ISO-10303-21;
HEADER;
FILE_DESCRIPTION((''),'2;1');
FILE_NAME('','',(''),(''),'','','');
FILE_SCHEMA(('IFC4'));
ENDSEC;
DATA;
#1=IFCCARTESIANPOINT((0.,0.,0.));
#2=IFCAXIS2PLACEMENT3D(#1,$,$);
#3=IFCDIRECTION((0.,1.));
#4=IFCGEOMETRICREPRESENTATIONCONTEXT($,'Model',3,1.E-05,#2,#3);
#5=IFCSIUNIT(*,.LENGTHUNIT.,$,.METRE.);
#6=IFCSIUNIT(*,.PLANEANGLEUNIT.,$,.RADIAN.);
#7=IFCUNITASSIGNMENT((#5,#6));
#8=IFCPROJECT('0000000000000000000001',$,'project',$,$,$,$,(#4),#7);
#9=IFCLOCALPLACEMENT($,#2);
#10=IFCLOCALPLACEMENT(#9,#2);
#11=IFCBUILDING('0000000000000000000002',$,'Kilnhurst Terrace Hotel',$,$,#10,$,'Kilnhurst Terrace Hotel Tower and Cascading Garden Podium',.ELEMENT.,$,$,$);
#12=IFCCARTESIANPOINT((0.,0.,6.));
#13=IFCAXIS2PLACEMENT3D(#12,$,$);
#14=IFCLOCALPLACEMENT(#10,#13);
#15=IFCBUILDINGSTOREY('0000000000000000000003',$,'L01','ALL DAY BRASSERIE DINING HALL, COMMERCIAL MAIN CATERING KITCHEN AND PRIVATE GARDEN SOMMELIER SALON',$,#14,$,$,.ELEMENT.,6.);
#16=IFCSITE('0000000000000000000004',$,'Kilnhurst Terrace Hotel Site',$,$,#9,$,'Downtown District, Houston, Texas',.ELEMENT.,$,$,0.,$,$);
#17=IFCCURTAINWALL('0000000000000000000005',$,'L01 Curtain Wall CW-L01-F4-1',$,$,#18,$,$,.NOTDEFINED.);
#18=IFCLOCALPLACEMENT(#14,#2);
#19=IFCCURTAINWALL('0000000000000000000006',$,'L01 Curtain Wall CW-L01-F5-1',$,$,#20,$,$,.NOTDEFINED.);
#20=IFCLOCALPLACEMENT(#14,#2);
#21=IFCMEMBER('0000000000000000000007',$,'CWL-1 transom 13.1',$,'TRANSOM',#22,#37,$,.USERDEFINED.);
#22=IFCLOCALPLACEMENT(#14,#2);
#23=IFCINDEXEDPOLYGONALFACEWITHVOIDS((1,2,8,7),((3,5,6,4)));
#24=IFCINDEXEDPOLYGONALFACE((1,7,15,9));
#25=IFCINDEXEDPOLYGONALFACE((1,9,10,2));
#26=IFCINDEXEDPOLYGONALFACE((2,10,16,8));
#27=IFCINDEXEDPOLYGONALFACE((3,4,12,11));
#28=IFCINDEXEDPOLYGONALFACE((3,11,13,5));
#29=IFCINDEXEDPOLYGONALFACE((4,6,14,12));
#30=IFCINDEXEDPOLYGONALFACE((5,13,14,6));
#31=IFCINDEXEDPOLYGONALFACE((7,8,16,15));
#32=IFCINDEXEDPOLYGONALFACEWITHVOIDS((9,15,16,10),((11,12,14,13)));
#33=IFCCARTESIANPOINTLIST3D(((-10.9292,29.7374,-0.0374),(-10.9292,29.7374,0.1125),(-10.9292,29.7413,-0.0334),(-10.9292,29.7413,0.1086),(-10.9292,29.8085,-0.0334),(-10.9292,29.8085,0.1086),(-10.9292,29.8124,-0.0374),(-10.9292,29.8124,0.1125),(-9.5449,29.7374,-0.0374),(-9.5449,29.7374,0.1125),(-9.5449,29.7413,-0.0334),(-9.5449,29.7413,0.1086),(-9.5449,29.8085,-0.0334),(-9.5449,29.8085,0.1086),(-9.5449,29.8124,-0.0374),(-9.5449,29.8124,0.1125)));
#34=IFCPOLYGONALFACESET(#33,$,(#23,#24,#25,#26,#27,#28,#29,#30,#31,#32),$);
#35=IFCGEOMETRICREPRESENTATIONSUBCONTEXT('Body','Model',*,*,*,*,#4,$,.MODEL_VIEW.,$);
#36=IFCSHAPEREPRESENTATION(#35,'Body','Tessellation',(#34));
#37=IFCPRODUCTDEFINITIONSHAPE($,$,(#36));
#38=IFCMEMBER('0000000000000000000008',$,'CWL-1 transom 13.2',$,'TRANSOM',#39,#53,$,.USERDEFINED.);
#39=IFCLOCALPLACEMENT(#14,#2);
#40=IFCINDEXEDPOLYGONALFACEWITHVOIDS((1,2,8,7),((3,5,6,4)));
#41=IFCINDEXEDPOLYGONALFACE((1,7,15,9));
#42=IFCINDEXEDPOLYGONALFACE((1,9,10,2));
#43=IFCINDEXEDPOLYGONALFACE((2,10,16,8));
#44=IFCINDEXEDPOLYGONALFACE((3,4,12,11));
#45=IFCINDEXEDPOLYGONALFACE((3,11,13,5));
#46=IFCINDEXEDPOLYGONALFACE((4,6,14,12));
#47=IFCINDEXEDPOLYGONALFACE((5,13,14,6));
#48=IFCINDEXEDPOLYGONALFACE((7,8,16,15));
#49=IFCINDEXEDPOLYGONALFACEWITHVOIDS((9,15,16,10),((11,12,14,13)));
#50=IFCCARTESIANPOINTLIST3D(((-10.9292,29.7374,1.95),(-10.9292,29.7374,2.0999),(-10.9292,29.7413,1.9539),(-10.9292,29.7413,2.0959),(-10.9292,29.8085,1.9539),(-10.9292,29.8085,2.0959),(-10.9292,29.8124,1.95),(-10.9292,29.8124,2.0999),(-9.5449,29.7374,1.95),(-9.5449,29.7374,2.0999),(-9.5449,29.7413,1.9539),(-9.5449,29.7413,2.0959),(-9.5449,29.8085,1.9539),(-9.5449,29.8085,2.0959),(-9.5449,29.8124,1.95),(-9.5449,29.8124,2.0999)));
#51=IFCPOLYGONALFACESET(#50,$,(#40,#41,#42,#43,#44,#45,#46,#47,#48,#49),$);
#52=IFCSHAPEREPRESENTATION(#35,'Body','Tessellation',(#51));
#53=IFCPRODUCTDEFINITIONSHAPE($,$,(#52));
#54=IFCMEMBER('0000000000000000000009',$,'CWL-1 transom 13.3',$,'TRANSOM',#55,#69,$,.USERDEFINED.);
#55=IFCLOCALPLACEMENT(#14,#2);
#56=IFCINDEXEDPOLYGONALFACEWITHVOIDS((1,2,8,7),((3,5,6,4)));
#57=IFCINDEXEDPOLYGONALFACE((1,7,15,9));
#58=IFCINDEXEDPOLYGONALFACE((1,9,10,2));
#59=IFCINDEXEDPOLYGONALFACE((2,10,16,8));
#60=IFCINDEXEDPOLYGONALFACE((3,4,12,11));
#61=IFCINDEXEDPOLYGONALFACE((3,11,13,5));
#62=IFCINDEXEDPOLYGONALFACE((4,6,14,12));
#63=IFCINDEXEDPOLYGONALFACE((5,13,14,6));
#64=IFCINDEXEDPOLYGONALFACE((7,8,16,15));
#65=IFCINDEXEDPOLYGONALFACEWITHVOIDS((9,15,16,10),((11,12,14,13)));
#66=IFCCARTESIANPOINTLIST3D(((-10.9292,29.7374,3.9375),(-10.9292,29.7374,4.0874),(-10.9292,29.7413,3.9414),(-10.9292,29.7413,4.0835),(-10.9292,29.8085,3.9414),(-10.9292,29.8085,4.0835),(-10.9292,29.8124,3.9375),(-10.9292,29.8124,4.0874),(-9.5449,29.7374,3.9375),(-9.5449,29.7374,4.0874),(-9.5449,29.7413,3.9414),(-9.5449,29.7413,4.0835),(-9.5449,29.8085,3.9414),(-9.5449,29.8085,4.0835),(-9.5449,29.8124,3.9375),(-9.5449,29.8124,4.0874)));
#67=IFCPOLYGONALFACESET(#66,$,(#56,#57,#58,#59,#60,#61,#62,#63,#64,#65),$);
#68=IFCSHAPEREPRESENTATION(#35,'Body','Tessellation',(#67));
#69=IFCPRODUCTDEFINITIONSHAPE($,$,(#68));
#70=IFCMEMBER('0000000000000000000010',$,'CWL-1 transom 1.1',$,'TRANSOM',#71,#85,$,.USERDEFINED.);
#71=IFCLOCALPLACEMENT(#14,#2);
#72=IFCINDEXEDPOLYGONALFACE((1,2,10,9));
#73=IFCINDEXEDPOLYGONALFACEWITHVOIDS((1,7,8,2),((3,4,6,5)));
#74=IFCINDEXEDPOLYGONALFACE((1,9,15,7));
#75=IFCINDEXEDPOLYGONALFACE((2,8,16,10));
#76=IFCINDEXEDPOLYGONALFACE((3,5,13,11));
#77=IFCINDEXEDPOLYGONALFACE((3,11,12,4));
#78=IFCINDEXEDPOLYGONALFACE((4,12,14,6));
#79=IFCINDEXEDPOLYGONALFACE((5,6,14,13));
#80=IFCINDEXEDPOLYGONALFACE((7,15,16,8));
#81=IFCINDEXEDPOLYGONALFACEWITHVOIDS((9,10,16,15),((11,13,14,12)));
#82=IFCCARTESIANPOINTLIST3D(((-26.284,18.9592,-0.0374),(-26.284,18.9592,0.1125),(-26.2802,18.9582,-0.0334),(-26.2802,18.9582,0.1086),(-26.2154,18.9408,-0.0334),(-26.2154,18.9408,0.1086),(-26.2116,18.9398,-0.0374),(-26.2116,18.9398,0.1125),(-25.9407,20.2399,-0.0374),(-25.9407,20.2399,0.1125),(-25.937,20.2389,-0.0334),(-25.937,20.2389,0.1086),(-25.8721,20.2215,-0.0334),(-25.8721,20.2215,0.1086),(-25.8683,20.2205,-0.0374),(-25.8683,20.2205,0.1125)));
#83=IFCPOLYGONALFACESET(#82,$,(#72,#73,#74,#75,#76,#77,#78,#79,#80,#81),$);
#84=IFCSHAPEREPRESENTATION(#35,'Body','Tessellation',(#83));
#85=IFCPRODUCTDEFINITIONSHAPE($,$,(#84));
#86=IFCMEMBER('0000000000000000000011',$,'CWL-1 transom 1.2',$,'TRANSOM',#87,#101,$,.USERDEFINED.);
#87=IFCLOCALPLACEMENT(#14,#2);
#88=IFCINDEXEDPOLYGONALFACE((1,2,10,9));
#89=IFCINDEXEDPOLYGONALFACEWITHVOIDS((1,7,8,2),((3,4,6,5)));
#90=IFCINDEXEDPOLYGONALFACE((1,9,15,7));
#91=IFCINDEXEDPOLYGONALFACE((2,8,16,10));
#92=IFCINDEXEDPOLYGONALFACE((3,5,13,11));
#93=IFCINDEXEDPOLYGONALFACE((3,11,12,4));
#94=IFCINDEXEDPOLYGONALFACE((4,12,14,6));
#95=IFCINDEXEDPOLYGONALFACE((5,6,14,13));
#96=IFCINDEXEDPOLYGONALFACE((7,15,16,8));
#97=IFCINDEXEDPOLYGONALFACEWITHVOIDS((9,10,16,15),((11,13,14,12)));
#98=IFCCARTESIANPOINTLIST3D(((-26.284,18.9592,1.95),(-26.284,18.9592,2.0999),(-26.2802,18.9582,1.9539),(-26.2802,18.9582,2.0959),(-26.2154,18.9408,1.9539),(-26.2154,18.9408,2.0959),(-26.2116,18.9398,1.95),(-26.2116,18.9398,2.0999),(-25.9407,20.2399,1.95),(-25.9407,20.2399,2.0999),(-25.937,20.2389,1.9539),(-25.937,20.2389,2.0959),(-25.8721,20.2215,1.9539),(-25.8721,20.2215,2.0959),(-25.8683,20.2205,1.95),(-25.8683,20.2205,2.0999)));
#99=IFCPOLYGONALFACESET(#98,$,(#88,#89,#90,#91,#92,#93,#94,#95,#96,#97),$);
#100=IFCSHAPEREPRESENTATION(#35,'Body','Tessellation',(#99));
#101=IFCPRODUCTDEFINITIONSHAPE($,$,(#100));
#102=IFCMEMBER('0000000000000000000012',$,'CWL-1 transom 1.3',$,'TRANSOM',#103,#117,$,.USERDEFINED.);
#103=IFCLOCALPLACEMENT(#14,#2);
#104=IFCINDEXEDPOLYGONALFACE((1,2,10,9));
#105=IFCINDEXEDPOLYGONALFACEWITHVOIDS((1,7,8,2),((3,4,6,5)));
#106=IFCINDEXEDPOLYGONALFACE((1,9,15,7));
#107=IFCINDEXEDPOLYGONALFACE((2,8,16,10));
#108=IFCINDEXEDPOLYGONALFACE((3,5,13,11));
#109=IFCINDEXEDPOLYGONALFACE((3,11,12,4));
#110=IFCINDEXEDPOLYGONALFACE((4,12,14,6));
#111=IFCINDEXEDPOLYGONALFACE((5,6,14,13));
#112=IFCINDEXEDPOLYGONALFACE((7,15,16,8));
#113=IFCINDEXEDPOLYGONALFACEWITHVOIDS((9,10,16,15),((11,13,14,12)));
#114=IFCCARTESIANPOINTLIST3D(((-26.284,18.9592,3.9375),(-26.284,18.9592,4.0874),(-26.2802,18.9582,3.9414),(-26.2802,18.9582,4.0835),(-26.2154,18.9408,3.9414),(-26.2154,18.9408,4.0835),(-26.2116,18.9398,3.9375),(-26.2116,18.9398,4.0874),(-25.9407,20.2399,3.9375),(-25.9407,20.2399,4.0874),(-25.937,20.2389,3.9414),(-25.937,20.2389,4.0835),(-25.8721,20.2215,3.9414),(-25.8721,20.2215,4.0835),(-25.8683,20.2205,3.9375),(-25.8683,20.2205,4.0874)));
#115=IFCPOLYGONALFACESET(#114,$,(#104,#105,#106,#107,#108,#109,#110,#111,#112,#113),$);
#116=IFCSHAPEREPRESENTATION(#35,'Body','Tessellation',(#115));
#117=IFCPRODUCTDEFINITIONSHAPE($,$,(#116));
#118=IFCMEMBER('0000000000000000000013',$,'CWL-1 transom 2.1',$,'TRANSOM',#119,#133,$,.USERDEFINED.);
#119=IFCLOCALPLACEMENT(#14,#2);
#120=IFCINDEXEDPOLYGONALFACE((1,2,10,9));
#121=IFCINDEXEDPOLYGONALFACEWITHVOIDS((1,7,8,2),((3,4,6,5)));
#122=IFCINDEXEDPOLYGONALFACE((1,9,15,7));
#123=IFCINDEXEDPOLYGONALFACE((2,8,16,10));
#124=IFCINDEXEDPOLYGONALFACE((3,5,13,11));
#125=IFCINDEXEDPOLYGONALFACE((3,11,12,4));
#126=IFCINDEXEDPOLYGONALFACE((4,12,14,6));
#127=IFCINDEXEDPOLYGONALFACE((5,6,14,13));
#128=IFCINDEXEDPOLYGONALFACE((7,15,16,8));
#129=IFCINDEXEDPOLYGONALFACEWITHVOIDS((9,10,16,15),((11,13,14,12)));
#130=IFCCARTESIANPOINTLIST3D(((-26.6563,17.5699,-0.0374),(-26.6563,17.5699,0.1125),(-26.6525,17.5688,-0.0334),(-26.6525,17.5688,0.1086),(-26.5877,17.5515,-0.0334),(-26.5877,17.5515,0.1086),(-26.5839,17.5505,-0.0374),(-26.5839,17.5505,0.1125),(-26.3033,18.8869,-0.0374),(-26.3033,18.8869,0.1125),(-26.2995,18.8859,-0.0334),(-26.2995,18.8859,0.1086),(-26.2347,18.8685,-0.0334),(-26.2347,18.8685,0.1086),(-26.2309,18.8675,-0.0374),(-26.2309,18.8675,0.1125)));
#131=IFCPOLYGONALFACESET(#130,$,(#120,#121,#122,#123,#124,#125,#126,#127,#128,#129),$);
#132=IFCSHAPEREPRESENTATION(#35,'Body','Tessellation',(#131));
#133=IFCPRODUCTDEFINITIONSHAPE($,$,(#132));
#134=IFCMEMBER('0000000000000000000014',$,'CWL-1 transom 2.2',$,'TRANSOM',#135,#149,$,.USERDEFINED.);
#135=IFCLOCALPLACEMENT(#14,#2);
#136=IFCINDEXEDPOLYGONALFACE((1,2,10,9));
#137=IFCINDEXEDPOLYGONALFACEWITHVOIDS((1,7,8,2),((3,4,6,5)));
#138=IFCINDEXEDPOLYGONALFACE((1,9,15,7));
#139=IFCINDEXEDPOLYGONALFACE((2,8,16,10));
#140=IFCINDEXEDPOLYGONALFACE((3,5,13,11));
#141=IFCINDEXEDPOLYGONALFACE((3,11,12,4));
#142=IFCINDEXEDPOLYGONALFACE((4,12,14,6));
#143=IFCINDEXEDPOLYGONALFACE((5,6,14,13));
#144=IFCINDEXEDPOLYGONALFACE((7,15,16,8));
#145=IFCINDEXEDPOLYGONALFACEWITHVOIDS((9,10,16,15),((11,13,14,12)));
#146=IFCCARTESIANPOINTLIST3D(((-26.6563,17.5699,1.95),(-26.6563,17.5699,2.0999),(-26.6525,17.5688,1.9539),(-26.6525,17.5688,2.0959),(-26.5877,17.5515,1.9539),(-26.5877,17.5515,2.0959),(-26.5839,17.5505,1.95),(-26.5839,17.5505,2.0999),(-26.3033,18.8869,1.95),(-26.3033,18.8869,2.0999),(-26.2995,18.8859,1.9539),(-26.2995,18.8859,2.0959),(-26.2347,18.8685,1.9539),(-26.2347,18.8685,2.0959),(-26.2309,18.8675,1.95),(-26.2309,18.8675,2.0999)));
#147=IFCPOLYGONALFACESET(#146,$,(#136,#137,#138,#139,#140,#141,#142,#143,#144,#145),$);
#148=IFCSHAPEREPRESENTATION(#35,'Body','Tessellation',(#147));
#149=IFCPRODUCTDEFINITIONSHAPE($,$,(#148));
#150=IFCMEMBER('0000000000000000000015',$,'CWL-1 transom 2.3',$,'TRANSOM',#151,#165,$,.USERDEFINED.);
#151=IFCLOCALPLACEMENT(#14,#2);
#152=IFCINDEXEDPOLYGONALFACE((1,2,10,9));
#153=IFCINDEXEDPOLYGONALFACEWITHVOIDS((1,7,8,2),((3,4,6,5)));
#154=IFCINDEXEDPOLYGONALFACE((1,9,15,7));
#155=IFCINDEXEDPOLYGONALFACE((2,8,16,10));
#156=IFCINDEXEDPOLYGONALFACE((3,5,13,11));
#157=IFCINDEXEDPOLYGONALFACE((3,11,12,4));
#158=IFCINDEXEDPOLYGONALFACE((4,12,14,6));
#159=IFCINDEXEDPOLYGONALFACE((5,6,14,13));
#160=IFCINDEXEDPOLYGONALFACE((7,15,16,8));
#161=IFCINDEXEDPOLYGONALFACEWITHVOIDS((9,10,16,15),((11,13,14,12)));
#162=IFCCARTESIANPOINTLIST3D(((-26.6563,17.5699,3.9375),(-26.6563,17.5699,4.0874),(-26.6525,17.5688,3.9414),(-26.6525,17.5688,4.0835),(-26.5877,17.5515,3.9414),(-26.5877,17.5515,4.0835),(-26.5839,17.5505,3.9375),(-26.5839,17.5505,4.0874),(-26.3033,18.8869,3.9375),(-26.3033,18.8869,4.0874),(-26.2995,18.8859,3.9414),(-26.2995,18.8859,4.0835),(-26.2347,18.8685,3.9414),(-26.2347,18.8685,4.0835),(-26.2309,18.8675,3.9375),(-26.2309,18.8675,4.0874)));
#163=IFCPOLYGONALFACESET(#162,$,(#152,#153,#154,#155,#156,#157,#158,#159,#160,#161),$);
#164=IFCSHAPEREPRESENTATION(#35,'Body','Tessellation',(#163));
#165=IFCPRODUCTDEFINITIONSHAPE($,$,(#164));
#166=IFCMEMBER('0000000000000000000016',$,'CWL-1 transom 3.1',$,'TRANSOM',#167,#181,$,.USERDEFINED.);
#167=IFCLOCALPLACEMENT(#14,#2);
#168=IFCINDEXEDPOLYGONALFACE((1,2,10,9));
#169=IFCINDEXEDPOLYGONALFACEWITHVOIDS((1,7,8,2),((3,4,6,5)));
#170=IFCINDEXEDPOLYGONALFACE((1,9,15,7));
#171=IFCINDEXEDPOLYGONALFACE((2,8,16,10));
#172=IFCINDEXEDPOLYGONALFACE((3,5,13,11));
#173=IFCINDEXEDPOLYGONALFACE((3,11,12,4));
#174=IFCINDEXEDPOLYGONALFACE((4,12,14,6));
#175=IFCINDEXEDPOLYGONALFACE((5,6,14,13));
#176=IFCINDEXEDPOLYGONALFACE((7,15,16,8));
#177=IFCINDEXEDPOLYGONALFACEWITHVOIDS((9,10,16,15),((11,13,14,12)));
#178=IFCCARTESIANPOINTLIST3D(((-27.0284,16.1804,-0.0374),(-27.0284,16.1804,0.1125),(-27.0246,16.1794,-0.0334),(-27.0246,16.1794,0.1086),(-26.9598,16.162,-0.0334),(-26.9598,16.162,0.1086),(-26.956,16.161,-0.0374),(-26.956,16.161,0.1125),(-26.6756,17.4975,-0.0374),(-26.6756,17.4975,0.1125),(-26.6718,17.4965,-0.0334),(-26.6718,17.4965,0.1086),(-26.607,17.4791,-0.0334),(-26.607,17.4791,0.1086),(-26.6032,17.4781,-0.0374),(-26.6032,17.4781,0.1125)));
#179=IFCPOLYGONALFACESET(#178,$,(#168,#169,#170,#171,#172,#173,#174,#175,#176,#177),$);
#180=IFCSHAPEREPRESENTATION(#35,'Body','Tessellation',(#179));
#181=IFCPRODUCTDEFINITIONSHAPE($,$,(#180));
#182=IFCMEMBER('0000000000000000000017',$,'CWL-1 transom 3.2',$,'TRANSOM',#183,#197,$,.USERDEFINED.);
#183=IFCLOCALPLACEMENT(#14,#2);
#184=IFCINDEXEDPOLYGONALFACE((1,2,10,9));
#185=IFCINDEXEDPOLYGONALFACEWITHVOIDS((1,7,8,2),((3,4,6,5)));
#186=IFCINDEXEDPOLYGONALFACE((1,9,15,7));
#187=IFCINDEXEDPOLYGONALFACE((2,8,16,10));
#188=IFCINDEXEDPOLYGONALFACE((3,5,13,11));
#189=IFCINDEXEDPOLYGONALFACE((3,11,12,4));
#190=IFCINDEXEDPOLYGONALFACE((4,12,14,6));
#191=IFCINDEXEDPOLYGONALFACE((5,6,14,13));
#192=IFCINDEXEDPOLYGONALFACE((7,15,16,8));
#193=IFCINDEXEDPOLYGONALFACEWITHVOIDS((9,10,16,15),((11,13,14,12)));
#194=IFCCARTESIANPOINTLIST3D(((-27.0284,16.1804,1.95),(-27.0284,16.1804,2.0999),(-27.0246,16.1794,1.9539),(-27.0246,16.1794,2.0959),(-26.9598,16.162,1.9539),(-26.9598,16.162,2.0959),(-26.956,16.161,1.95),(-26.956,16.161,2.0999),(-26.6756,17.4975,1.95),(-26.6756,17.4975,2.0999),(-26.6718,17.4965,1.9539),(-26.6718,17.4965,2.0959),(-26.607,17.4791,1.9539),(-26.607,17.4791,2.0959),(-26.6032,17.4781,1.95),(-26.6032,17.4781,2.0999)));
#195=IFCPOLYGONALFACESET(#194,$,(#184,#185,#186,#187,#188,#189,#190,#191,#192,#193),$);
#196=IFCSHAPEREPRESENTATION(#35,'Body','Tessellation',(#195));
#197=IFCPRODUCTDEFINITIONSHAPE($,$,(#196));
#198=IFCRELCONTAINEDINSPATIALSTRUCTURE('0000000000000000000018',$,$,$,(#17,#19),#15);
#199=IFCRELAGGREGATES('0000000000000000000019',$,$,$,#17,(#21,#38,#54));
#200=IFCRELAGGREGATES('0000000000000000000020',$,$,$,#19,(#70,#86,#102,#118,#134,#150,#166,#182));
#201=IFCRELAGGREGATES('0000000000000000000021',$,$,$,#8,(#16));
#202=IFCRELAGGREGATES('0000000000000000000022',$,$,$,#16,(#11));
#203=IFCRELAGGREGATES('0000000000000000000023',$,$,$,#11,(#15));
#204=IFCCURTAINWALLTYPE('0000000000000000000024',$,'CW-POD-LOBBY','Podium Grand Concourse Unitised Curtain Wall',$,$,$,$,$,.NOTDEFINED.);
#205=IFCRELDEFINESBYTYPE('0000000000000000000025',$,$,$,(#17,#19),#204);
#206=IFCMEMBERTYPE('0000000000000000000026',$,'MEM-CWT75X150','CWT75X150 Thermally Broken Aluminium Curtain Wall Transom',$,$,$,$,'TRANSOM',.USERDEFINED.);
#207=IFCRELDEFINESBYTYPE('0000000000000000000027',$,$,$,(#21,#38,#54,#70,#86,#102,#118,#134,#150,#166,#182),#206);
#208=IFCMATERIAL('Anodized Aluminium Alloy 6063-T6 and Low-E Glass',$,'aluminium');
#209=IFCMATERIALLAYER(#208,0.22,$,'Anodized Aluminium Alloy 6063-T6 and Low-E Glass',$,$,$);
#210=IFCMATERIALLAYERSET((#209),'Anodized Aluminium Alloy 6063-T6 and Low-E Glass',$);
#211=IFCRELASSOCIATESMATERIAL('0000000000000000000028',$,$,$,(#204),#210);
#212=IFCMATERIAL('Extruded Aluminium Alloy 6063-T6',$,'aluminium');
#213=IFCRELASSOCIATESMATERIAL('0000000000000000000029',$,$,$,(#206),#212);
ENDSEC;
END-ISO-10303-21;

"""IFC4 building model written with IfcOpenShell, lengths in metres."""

from ifc_helpers import new_model, si_unit, direction, frame, origin, origin_2d, place, context, subcontext, project, spatial, hollow_rectangle, extrude, material, layer, layer_set, material_profile, profile_set, type_object, element, aggregate, save


model = new_model("IFC4")

# Units and contexts
model_context = context("Model", 3, precision=1e-05, world=origin(), true_north=direction((0.0, 1.0)))
body_context = subcontext(model_context, "Body", "Model", "MODEL_VIEW")
ifc_project = project(units=[si_unit("LENGTHUNIT", "METRE"), si_unit("PLANEANGLEUNIT", "RADIAN")], contexts=[model_context])

# Site, building, storey
site_placement = place(None, origin())
site = spatial("IfcSite", under=ifc_project, at=site_placement, Name="Kilnhurst Terrace Hotel Site", LongName="Downtown District, Houston, Texas", CompositionType="ELEMENT", RefElevation=0.0)
building_placement = place(site_placement, origin())
building = spatial("IfcBuilding", under=site, at=building_placement, Name="Kilnhurst Terrace Hotel", LongName="Kilnhurst Terrace Hotel Tower and Cascading Garden Podium", CompositionType="ELEMENT")
storey_placement = place(building_placement, frame((0.0, 0.0, 6.0)))
storey = spatial("IfcBuildingStorey", under=building, at=storey_placement, Name="L01", Description="ALL DAY BRASSERIE DINING HALL, COMMERCIAL MAIN CATERING KITCHEN AND PRIVATE GARDEN SOMMELIER SALON", CompositionType="ELEMENT", Elevation=6.0)

# Curtain walls
ifc_material_1 = material(Name="Anodized Aluminium Alloy 6063-T6 and Low-E Glass", Category="aluminium")
ifc_layer_1 = layer(ifc_material_1, 0.22, Name="Anodized Aluminium Alloy 6063-T6 and Low-E Glass")
ifc_layer_set_1 = layer_set([ifc_layer_1], Name="Anodized Aluminium Alloy 6063-T6 and Low-E Glass")
curtain_wall_type = type_object("IfcCurtainWallType", Name="CW-POD-LOBBY", Description="Podium Grand Concourse Unitised Curtain Wall", PredefinedType="NOTDEFINED", material=ifc_layer_set_1)
curtain_wall_1_placement = place(storey_placement, origin())
curtain_wall_1 = element("IfcCurtainWall", 1, at=curtain_wall_1_placement, inside=storey, type_object=curtain_wall_type, Name="L01 Curtain Wall CW-L01-F4-1", PredefinedType="NOTDEFINED")
ifc_material_2 = material(Name="Extruded Aluminium Alloy 6063-T6", Category="aluminium")
curtain_wall_2_placement = place(storey_placement, origin())
curtain_wall_2 = element("IfcCurtainWall", 2, at=curtain_wall_2_placement, inside=storey, type_object=curtain_wall_type, Name="L01 Curtain Wall CW-L01-F5-1", PredefinedType="NOTDEFINED")

# Members
ifc_material_profile_1 = material_profile(ifc_material_2, hollow_rectangle(XDim=0.075, YDim=0.1499, WallThickness=0.0039, at=origin_2d()), Name="CWT75X150")
ifc_profile_set_1 = profile_set([ifc_material_profile_1], Name="Extruded Aluminium Alloy 6063-T6")
member_type_1 = type_object("IfcMemberType", Name="MEM-CWT75X150", Description="CWT75X150 Thermally Broken Aluminium Curtain Wall Transom", ElementType="TRANSOM", PredefinedType="USERDEFINED", material=ifc_profile_set_1)
member_1_placement = place(storey_placement, frame((-9.5449, 29.7749, 0.0376), z_axis=(-1.0, 0.0, 0.0), x_axis=(0.0, -1.0, 0.0)))
member_1 = element("IfcMember", 3, at=member_1_placement, type_object=member_type_1, Name="CWL-1 transom 13.1", ObjectType="TRANSOM", PredefinedType="USERDEFINED", context=body_context, shape_type="SweptSolid", body=[
    extrude(hollow_rectangle(XDim=0.075, YDim=0.1499, WallThickness=0.0039, at=origin_2d()), origin(), (0.0, 0.0, 1.0), 1.3843),
])
member_2_placement = place(storey_placement, frame((-9.5449, 29.7749, 2.0249), z_axis=(-1.0, 0.0, 0.0), x_axis=(0.0, -1.0, 0.0)))
member_2 = element("IfcMember", 4, at=member_2_placement, type_object=member_type_1, Name="CWL-1 transom 13.2", ObjectType="TRANSOM", PredefinedType="USERDEFINED", context=body_context, shape_type="SweptSolid", body=[
    extrude(hollow_rectangle(XDim=0.075, YDim=0.1499, WallThickness=0.0039, at=origin_2d()), origin(), (0.0, 0.0, 1.0), 1.3843),
])
member_3_placement = place(storey_placement, frame((-9.5449, 29.7749, 4.0125), z_axis=(-1.0, 0.0, 0.0), x_axis=(0.0, -1.0, 0.0)))
member_3 = element("IfcMember", 5, at=member_3_placement, type_object=member_type_1, Name="CWL-1 transom 13.3", ObjectType="TRANSOM", PredefinedType="USERDEFINED", context=body_context, shape_type="SweptSolid", body=[
    extrude(hollow_rectangle(XDim=0.075, YDim=0.1499, WallThickness=0.0039, at=origin_2d()), origin(), (0.0, 0.0, 1.0), 1.3843),
])
member_4_placement = place(storey_placement, frame((-25.9045, 20.2302, 0.0376), z_axis=(-0.258877, -0.96591, 0.0), x_axis=(0.96591, -0.258877, 0.0)))
member_4 = element("IfcMember", 6, at=member_4_placement, type_object=member_type_1, Name="CWL-1 transom 1.1", ObjectType="TRANSOM", PredefinedType="USERDEFINED", context=body_context, shape_type="SweptSolid", body=[
    extrude(hollow_rectangle(XDim=0.075, YDim=0.1499, WallThickness=0.0039, at=origin_2d()), origin(), (0.0, 0.0, 1.0), 1.3259),
])
member_5_placement = place(storey_placement, frame((-25.9045, 20.2302, 2.0249), z_axis=(-0.258877, -0.96591, 0.0), x_axis=(0.96591, -0.258877, 0.0)))
member_5 = element("IfcMember", 7, at=member_5_placement, type_object=member_type_1, Name="CWL-1 transom 1.2", ObjectType="TRANSOM", PredefinedType="USERDEFINED", context=body_context, shape_type="SweptSolid", body=[
    extrude(hollow_rectangle(XDim=0.075, YDim=0.1499, WallThickness=0.0039, at=origin_2d()), origin(), (0.0, 0.0, 1.0), 1.3259),
])
member_6_placement = place(storey_placement, frame((-25.9045, 20.2302, 4.0125), z_axis=(-0.258877, -0.96591, 0.0), x_axis=(0.96591, -0.258877, 0.0)))
member_6 = element("IfcMember", 8, at=member_6_placement, type_object=member_type_1, Name="CWL-1 transom 1.3", ObjectType="TRANSOM", PredefinedType="USERDEFINED", context=body_context, shape_type="SweptSolid", body=[
    extrude(hollow_rectangle(XDim=0.075, YDim=0.1499, WallThickness=0.0039, at=origin_2d()), origin(), (0.0, 0.0, 1.0), 1.3259),
])
member_7_placement = place(storey_placement, frame((-26.2671, 18.8772, 0.0376), z_axis=(-0.258888, -0.965907, 0.0), x_axis=(0.965907, -0.258888, 0.0)))
member_7 = element("IfcMember", 9, at=member_7_placement, type_object=member_type_1, Name="CWL-1 transom 2.1", ObjectType="TRANSOM", PredefinedType="USERDEFINED", context=body_context, shape_type="SweptSolid", body=[
    extrude(hollow_rectangle(XDim=0.075, YDim=0.1499, WallThickness=0.0039, at=origin_2d()), origin(), (0.0, 0.0, 1.0), 1.3635),
])
member_8_placement = place(storey_placement, frame((-26.2671, 18.8772, 2.0249), z_axis=(-0.258888, -0.965907, 0.0), x_axis=(0.965907, -0.258888, 0.0)))
member_8 = element("IfcMember", 10, at=member_8_placement, type_object=member_type_1, Name="CWL-1 transom 2.2", ObjectType="TRANSOM", PredefinedType="USERDEFINED", context=body_context, shape_type="SweptSolid", body=[
    extrude(hollow_rectangle(XDim=0.075, YDim=0.1499, WallThickness=0.0039, at=origin_2d()), origin(), (0.0, 0.0, 1.0), 1.3635),
])
member_9_placement = place(storey_placement, frame((-26.2671, 18.8772, 4.0125), z_axis=(-0.258888, -0.965907, 0.0), x_axis=(0.965907, -0.258888, 0.0)))
member_9 = element("IfcMember", 11, at=member_9_placement, type_object=member_type_1, Name="CWL-1 transom 2.3", ObjectType="TRANSOM", PredefinedType="USERDEFINED", context=body_context, shape_type="SweptSolid", body=[
    extrude(hollow_rectangle(XDim=0.075, YDim=0.1499, WallThickness=0.0039, at=origin_2d()), origin(), (0.0, 0.0, 1.0), 1.3635),
])
member_10_placement = place(storey_placement, frame((-26.6394, 17.4878, 0.0376), z_axis=(-0.258721, -0.965952, 0.0), x_axis=(0.965952, -0.258721, 0.0)))
member_10 = element("IfcMember", 12, at=member_10_placement, type_object=member_type_1, Name="CWL-1 transom 3.1", ObjectType="TRANSOM", PredefinedType="USERDEFINED", context=body_context, shape_type="SweptSolid", body=[
    extrude(hollow_rectangle(XDim=0.075, YDim=0.1499, WallThickness=0.0039, at=origin_2d()), origin(), (0.0, 0.0, 1.0), 1.3635),
])
member_11_placement = place(storey_placement, frame((-26.6394, 17.4878, 2.0249), z_axis=(-0.258721, -0.965952, 0.0), x_axis=(0.965952, -0.258721, 0.0)))
member_11 = element("IfcMember", 13, at=member_11_placement, type_object=member_type_1, Name="CWL-1 transom 3.2", ObjectType="TRANSOM", PredefinedType="USERDEFINED", context=body_context, shape_type="SweptSolid", body=[
    extrude(hollow_rectangle(XDim=0.075, YDim=0.1499, WallThickness=0.0039, at=origin_2d()), origin(), (0.0, 0.0, 1.0), 1.3635),
])

aggregate(curtain_wall_1, [member_1, member_2, member_3])
aggregate(curtain_wall_2, [member_4, member_5, member_6, member_7, member_8, member_9, member_10, member_11])

save(model, "model.ifc")
